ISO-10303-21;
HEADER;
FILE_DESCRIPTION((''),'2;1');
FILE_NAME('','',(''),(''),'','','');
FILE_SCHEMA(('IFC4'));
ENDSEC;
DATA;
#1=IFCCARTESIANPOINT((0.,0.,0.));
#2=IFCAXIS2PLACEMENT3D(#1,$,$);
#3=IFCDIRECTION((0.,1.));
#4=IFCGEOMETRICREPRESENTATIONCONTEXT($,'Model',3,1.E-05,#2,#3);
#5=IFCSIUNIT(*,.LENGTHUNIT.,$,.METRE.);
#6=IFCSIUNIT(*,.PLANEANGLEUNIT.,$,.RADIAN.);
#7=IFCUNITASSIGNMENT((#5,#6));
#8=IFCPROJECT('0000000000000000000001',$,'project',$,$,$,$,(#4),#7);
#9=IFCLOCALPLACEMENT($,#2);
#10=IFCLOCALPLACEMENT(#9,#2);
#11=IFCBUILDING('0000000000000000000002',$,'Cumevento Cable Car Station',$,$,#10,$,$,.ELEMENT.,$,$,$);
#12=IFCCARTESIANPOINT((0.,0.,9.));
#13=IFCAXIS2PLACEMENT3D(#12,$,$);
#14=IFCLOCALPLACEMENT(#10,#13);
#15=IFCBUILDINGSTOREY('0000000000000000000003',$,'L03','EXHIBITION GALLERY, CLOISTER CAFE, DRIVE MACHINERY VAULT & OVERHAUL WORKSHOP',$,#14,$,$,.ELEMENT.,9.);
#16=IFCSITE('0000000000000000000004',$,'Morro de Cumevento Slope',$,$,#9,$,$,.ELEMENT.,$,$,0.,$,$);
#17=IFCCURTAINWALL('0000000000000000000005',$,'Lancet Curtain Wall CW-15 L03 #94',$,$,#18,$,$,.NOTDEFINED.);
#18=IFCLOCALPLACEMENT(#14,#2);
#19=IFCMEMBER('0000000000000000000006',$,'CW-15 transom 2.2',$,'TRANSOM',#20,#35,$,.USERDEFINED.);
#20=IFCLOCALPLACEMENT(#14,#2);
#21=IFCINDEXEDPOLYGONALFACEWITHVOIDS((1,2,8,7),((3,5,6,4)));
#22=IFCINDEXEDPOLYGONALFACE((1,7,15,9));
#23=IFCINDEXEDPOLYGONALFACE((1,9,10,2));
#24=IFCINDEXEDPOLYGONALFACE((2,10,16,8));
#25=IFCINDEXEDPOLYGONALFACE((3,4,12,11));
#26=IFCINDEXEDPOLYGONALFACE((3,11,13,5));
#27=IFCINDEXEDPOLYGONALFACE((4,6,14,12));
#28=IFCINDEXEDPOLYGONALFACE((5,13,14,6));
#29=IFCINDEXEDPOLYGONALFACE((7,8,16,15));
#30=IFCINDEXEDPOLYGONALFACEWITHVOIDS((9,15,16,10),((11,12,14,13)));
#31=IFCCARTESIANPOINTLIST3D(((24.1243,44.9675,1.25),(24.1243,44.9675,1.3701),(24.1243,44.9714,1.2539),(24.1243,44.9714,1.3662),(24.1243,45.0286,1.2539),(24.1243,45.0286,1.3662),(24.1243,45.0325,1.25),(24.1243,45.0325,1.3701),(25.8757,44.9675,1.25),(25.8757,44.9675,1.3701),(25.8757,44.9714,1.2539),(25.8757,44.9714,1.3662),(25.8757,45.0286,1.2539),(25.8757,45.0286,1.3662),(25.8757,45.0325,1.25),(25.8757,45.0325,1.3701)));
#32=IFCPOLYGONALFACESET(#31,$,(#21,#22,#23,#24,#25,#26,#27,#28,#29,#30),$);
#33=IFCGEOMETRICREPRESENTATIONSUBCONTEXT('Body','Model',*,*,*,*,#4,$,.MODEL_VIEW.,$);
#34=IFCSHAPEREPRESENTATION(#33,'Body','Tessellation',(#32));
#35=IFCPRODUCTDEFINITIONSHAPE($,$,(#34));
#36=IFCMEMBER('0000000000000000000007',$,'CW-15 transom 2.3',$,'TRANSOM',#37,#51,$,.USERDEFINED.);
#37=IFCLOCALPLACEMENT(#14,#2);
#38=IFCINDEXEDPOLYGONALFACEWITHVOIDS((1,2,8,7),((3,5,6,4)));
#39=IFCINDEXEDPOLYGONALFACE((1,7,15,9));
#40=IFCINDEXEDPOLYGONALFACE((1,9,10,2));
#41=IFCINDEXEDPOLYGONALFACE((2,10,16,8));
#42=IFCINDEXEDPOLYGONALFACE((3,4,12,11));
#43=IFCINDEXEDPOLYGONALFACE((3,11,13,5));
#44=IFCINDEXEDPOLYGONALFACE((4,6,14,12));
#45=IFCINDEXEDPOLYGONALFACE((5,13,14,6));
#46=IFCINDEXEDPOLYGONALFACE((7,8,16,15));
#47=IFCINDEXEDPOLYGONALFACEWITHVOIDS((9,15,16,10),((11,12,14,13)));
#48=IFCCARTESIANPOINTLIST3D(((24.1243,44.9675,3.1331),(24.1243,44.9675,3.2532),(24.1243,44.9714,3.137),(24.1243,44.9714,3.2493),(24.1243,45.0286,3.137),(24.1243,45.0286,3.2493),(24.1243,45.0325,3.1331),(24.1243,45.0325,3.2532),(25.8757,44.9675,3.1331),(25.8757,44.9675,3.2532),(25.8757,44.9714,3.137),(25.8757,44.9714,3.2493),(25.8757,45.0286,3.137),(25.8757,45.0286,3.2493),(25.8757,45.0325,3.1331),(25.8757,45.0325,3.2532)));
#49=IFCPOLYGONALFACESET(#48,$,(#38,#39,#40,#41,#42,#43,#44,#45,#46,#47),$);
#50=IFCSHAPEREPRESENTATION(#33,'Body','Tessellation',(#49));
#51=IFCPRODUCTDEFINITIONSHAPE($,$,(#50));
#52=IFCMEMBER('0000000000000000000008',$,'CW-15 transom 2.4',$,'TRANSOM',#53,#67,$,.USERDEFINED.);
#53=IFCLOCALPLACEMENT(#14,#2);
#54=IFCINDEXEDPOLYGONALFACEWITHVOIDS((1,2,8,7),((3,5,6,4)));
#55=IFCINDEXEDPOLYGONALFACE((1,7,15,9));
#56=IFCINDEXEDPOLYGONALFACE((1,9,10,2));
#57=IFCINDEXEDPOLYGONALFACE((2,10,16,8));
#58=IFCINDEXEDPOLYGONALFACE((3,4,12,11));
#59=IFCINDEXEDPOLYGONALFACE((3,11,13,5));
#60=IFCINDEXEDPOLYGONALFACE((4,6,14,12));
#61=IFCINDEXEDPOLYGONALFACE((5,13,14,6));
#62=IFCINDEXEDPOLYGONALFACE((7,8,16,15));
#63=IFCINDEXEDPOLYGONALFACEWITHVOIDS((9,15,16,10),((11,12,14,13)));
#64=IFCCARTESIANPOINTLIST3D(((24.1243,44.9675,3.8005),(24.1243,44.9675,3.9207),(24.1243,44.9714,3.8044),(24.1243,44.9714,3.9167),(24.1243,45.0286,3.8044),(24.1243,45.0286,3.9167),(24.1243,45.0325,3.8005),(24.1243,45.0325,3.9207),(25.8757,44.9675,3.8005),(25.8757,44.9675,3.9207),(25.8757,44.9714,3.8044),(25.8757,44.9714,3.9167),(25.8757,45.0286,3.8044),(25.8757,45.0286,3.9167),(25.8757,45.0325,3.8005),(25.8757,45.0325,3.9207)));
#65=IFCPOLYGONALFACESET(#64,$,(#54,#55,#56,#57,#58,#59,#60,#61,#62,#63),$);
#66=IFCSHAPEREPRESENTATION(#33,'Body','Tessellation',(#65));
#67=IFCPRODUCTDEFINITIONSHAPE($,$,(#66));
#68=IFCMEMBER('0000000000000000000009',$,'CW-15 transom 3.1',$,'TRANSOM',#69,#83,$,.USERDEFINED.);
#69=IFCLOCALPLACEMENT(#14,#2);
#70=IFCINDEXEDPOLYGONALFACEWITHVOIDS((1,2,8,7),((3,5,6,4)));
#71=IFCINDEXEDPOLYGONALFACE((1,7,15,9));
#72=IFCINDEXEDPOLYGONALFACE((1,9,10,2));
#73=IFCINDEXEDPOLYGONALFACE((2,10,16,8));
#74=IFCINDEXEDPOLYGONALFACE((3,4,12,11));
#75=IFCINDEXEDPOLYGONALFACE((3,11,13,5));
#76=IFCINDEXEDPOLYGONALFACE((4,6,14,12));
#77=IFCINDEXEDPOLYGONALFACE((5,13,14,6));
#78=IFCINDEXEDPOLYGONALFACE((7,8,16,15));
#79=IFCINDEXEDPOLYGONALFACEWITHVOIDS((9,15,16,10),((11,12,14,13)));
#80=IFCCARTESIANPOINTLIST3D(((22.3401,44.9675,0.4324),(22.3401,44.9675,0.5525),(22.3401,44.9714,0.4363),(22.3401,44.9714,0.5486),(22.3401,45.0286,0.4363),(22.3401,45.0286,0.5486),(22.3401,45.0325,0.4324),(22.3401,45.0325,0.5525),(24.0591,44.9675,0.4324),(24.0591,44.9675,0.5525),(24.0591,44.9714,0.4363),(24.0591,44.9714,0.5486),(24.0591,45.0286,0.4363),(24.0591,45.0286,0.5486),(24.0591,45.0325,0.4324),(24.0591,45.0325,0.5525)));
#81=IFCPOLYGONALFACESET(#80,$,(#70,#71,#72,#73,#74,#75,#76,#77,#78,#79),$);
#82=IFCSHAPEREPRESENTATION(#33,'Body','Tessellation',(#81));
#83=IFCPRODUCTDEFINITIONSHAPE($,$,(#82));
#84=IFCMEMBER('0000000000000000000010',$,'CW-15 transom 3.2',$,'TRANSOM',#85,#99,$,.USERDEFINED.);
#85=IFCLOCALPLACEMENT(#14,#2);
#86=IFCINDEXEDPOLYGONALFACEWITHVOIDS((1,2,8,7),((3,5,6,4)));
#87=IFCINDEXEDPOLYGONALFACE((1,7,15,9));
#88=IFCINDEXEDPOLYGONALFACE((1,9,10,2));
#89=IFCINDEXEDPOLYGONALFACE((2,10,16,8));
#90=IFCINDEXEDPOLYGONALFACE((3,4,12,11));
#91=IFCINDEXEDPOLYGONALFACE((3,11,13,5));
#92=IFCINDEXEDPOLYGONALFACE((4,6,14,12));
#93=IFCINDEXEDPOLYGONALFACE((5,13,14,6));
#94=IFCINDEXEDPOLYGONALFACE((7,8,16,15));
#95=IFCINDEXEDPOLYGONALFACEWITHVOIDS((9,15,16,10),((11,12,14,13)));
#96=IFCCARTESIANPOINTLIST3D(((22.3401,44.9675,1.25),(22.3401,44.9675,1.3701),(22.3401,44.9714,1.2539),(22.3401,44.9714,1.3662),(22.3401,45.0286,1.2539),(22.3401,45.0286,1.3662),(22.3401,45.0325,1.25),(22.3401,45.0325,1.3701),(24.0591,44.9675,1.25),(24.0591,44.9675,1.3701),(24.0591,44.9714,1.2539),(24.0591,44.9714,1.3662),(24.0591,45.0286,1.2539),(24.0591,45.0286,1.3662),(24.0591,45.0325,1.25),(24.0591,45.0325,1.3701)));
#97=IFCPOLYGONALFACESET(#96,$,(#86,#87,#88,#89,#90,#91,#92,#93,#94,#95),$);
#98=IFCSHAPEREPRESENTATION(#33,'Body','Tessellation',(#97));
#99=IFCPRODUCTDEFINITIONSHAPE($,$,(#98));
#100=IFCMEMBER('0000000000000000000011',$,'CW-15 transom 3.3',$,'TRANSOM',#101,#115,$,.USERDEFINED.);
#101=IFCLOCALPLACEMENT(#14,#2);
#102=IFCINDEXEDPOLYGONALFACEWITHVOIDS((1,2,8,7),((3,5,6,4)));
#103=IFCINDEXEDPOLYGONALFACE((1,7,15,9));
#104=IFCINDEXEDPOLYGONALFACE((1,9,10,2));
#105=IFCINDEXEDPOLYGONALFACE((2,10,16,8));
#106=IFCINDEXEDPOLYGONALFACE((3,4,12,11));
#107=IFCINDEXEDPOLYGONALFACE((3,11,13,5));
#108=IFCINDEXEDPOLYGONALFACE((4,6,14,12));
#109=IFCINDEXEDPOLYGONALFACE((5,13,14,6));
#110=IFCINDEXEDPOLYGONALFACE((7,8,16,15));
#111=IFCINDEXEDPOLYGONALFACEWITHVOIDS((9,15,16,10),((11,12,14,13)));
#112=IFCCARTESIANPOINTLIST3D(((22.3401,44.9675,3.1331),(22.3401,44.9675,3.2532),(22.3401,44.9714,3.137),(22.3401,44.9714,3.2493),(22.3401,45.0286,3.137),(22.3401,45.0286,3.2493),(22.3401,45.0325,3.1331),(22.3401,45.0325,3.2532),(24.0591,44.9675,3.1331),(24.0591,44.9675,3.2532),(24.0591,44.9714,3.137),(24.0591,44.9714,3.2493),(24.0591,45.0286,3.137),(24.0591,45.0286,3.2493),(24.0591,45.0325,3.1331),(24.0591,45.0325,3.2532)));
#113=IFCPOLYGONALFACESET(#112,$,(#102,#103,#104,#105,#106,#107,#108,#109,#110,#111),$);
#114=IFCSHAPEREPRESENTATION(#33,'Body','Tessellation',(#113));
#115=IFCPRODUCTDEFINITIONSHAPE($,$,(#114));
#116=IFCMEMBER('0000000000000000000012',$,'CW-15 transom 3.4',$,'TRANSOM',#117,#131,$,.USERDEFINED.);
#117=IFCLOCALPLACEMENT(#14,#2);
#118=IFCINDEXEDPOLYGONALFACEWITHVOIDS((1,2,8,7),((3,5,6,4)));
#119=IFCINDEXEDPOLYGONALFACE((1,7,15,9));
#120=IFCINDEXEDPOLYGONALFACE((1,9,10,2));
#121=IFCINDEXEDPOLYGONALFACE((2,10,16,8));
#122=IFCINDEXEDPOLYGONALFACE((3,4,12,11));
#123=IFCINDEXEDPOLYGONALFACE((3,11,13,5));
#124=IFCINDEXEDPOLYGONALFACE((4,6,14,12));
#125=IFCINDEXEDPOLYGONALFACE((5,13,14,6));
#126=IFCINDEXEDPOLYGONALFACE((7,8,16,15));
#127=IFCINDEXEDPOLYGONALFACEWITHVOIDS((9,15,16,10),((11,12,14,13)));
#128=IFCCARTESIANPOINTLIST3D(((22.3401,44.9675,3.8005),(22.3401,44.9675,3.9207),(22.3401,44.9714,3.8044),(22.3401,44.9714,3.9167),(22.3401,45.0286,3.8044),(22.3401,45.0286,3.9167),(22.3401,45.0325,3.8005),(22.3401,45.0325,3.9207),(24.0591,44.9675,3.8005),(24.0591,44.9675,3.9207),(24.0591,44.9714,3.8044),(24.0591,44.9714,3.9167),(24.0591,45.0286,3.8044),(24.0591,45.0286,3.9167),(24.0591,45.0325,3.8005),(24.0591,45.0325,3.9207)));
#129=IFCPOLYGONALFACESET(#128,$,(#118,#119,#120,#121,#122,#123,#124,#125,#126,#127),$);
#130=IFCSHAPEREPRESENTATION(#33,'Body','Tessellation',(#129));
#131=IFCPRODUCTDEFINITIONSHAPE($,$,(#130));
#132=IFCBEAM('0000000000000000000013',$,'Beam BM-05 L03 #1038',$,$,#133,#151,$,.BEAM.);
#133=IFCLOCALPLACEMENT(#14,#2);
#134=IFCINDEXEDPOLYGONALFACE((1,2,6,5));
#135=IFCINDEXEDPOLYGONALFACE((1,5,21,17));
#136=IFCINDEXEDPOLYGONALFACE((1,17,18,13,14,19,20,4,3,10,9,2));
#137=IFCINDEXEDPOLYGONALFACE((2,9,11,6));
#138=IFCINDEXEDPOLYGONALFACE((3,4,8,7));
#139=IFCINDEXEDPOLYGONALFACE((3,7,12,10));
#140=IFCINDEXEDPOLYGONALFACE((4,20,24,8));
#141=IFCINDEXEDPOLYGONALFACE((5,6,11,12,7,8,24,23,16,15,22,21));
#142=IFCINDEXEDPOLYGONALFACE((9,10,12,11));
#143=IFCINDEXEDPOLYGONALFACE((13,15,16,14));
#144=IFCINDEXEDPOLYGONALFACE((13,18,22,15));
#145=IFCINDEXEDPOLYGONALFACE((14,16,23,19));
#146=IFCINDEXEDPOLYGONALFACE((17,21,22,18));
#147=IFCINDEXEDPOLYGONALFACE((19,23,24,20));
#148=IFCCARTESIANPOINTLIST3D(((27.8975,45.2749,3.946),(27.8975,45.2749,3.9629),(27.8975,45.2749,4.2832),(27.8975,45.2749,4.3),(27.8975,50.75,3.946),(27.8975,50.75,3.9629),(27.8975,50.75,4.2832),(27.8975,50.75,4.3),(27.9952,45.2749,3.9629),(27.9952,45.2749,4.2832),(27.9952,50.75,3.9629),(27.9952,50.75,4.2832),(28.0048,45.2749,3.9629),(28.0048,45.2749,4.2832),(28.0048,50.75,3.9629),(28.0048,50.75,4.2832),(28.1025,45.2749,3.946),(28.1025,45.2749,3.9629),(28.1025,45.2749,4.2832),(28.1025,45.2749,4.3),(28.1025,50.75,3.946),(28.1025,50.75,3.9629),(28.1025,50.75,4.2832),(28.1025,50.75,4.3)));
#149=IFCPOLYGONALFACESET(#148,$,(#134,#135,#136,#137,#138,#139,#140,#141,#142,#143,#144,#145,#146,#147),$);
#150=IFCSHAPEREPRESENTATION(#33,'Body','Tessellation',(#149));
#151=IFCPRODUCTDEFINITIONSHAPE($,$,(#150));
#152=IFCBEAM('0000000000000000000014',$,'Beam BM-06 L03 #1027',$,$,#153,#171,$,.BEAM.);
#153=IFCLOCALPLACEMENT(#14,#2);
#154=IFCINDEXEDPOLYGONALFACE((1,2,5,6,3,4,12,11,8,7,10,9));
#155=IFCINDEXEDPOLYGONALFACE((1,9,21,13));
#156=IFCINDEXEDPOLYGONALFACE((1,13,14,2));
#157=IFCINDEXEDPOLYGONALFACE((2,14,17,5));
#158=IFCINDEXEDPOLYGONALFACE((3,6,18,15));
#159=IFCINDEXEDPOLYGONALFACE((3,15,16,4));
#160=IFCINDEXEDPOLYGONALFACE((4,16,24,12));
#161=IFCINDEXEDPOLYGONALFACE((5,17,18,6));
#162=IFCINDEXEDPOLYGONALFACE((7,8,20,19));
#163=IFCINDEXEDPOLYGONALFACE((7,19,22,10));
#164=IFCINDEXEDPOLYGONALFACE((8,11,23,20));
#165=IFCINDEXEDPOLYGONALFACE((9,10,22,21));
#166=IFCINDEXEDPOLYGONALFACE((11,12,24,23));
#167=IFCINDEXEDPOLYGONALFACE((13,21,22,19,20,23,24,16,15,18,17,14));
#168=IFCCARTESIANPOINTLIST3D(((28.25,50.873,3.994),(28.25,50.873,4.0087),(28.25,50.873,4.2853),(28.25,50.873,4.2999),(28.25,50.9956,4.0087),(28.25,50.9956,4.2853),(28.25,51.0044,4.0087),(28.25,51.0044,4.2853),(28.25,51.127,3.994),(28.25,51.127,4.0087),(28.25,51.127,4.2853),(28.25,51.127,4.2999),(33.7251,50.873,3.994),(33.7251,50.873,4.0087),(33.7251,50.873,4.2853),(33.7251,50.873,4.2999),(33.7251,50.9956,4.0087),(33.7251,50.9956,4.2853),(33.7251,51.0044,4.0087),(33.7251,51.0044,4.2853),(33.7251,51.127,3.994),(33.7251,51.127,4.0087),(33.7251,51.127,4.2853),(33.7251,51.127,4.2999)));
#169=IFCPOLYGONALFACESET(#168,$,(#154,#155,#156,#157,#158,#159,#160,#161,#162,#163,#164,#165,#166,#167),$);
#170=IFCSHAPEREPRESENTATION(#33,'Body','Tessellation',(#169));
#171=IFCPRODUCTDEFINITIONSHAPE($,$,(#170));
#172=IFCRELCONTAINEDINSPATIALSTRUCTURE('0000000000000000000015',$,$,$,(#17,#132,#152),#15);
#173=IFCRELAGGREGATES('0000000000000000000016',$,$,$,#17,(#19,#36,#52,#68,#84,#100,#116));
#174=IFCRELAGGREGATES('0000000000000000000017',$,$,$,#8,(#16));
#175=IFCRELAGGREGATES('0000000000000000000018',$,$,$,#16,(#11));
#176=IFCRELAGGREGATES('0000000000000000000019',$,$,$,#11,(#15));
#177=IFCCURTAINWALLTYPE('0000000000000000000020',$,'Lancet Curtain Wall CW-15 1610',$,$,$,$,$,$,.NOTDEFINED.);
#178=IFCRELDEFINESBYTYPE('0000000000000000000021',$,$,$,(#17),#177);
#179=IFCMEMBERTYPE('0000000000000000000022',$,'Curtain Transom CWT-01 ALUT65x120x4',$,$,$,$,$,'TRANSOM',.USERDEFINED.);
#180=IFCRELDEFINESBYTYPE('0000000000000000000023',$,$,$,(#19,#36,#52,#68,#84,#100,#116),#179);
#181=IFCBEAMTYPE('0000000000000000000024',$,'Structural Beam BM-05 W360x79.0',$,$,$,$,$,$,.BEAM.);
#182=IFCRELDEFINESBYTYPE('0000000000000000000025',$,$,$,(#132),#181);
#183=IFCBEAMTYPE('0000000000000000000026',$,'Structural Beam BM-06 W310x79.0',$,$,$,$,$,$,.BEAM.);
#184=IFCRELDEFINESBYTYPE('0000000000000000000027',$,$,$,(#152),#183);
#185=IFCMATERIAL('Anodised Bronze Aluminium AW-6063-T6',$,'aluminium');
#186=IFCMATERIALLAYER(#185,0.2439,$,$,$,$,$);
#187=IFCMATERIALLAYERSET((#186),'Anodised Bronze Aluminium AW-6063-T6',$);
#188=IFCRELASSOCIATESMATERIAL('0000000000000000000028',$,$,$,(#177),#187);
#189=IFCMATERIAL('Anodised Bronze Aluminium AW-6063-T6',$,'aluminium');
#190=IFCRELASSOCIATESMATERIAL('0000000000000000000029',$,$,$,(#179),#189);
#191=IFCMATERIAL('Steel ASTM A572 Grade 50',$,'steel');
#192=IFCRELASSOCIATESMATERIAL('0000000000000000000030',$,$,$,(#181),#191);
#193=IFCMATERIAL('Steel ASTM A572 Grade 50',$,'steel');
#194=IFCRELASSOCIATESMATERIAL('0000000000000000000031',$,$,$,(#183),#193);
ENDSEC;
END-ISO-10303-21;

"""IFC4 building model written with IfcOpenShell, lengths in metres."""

from ifc_helpers import new_model, si_unit, direction, frame, origin, origin_2d, place, context, subcontext, project, spatial, hollow_rectangle, i_section, extrude, material, layer, layer_set, material_profile, profile_set, type_object, element, aggregate, save


model = new_model("IFC4")

# Units and contexts
model_context = context("Model", 3, precision=1e-05, world=origin(), true_north=direction((0.0, 1.0)))
body_context = subcontext(model_context, "Body", "Model", "MODEL_VIEW")
ifc_project = project(units=[si_unit("LENGTHUNIT", "METRE"), si_unit("PLANEANGLEUNIT", "RADIAN")], contexts=[model_context])

# Site, building, storey
site_placement = place(None, origin())
site = spatial("IfcSite", under=ifc_project, at=site_placement, Name="Morro de Cumevento Slope", CompositionType="ELEMENT", RefElevation=0.0)
building_placement = place(site_placement, origin())
building = spatial("IfcBuilding", under=site, at=building_placement, Name="Cumevento Cable Car Station", CompositionType="ELEMENT")
storey_placement = place(building_placement, frame((0.0, 0.0, 9.0)))
storey = spatial("IfcBuildingStorey", under=building, at=storey_placement, Name="L03", Description="EXHIBITION GALLERY, CLOISTER CAFE, DRIVE MACHINERY VAULT & OVERHAUL WORKSHOP", CompositionType="ELEMENT", Elevation=9.0)

# Curtain wall
ifc_material_1 = material(Name="Anodised Bronze Aluminium AW-6063-T6", Category="aluminium")
ifc_layer_1 = layer(ifc_material_1, 0.2439)
ifc_layer_set_1 = layer_set([ifc_layer_1], Name="Anodised Bronze Aluminium AW-6063-T6")
curtain_wall_type_1 = type_object("IfcCurtainWallType", Name="Lancet Curtain Wall CW-15 1610", PredefinedType="NOTDEFINED", material=ifc_layer_set_1)
curtain_wall_1_placement = place(storey_placement, origin())
curtain_wall_1 = element("IfcCurtainWall", 1, at=curtain_wall_1_placement, inside=storey, type_object=curtain_wall_type_1, Name="Lancet Curtain Wall CW-15 L03 #94", PredefinedType="NOTDEFINED")

# Members
ifc_material_2 = material(Name="Anodised Bronze Aluminium AW-6063-T6", Category="aluminium")
ifc_material_profile_1 = material_profile(ifc_material_2, hollow_rectangle(XDim=0.0649, YDim=0.1201, WallThickness=0.0039, at=origin_2d()), Name="ALUT65x120x4")
ifc_profile_set_1 = profile_set([ifc_material_profile_1], Name="Anodised Bronze Aluminium AW-6063-T6")
member_type_1 = type_object("IfcMemberType", Name="Curtain Transom CWT-01 ALUT65x120x4", ElementType="TRANSOM", PredefinedType="USERDEFINED", material=ifc_profile_set_1)
member_1_placement = place(storey_placement, frame((25.8757, 45.0, 1.3101), z_axis=(-1.0, 0.0, 0.0), x_axis=(0.0, -1.0, 0.0)))
member_1 = element("IfcMember", 2, at=member_1_placement, type_object=member_type_1, Name="CW-15 transom 2.2", ObjectType="TRANSOM", PredefinedType="USERDEFINED", context=body_context, shape_type="SweptSolid", body=[
    extrude(hollow_rectangle(XDim=0.0649, YDim=0.1201, WallThickness=0.0039, at=origin_2d()), origin(), (0.0, 0.0, 1.0), 1.7515),
])
member_2_placement = place(storey_placement, frame((25.8757, 45.0, 3.1931), z_axis=(-1.0, 0.0, 0.0), x_axis=(0.0, -1.0, 0.0)))
member_2 = element("IfcMember", 3, at=member_2_placement, type_object=member_type_1, Name="CW-15 transom 2.3", ObjectType="TRANSOM", PredefinedType="USERDEFINED", context=body_context, shape_type="SweptSolid", body=[
    extrude(hollow_rectangle(XDim=0.0649, YDim=0.1201, WallThickness=0.0039, at=origin_2d()), origin(), (0.0, 0.0, 1.0), 1.7515),
])
member_3_placement = place(storey_placement, frame((25.8757, 45.0, 3.8606), z_axis=(-1.0, 0.0, 0.0), x_axis=(0.0, -1.0, 0.0)))
member_3 = element("IfcMember", 4, at=member_3_placement, type_object=member_type_1, Name="CW-15 transom 2.4", ObjectType="TRANSOM", PredefinedType="USERDEFINED", context=body_context, shape_type="SweptSolid", body=[
    extrude(hollow_rectangle(XDim=0.0649, YDim=0.1201, WallThickness=0.0039, at=origin_2d()), origin(), (0.0, 0.0, 1.0), 1.7515),
])
member_4_placement = place(storey_placement, frame((24.0591, 45.0, 0.4924), z_axis=(-1.0, 0.0, 0.0), x_axis=(0.0, -1.0, 0.0)))
member_4 = element("IfcMember", 5, at=member_4_placement, type_object=member_type_1, Name="CW-15 transom 3.1", ObjectType="TRANSOM", PredefinedType="USERDEFINED", context=body_context, shape_type="SweptSolid", body=[
    extrude(hollow_rectangle(XDim=0.0649, YDim=0.1201, WallThickness=0.0039, at=origin_2d()), origin(), (0.0, 0.0, 1.0), 1.719),
])
member_5_placement = place(storey_placement, frame((24.0591, 45.0, 1.3101), z_axis=(-1.0, 0.0, 0.0), x_axis=(0.0, -1.0, 0.0)))
member_5 = element("IfcMember", 6, at=member_5_placement, type_object=member_type_1, Name="CW-15 transom 3.2", ObjectType="TRANSOM", PredefinedType="USERDEFINED", context=body_context, shape_type="SweptSolid", body=[
    extrude(hollow_rectangle(XDim=0.0649, YDim=0.1201, WallThickness=0.0039, at=origin_2d()), origin(), (0.0, 0.0, 1.0), 1.719),
])
member_6_placement = place(storey_placement, frame((24.0591, 45.0, 3.1931), z_axis=(-1.0, 0.0, 0.0), x_axis=(0.0, -1.0, 0.0)))
member_6 = element("IfcMember", 7, at=member_6_placement, type_object=member_type_1, Name="CW-15 transom 3.3", ObjectType="TRANSOM", PredefinedType="USERDEFINED", context=body_context, shape_type="SweptSolid", body=[
    extrude(hollow_rectangle(XDim=0.0649, YDim=0.1201, WallThickness=0.0039, at=origin_2d()), origin(), (0.0, 0.0, 1.0), 1.719),
])
member_7_placement = place(storey_placement, frame((24.0591, 45.0, 3.8606), z_axis=(-1.0, 0.0, 0.0), x_axis=(0.0, -1.0, 0.0)))
member_7 = element("IfcMember", 8, at=member_7_placement, type_object=member_type_1, Name="CW-15 transom 3.4", ObjectType="TRANSOM", PredefinedType="USERDEFINED", context=body_context, shape_type="SweptSolid", body=[
    extrude(hollow_rectangle(XDim=0.0649, YDim=0.1201, WallThickness=0.0039, at=origin_2d()), origin(), (0.0, 0.0, 1.0), 1.719),
])

# Beams
ifc_material_3 = material(Name="Steel ASTM A572 Grade 50", Category="steel")
ifc_material_profile_2 = material_profile(ifc_material_3, i_section(OverallWidth=0.2051, OverallDepth=0.354, WebThickness=0.0095, FlangeThickness=0.0168, at=origin_2d()), Name="W360x79.0")
ifc_profile_set_2 = profile_set([ifc_material_profile_2], Name="Steel ASTM A572 Grade 50")
beam_type_1 = type_object("IfcBeamType", Name="Structural Beam BM-05 W360x79.0", PredefinedType="BEAM", material=ifc_profile_set_2)
beam_1_placement = place(storey_placement, frame((28.0, 45.2749, 4.123), z_axis=(0.0, 1.0, 0.0), x_axis=(-1.0, 0.0, 0.0)))
element("IfcBeam", 9, at=beam_1_placement, inside=storey, type_object=beam_type_1, Name="Beam BM-05 L03 #1038", PredefinedType="BEAM", context=body_context, shape_type="SweptSolid", body=[
    extrude(i_section(OverallWidth=0.2051, OverallDepth=0.354, WebThickness=0.0095, FlangeThickness=0.0168, at=origin_2d()), origin(), (0.0, 0.0, 1.0), 5.4751),
])
ifc_material_4 = material(Name="Steel ASTM A572 Grade 50", Category="steel")
ifc_material_profile_3 = material_profile(ifc_material_4, i_section(OverallWidth=0.2539, OverallDepth=0.3059, WebThickness=0.0088, FlangeThickness=0.0146, at=origin_2d()), Name="W310x79.0")
ifc_profile_set_3 = profile_set([ifc_material_profile_3], Name="Steel ASTM A572 Grade 50")
beam_type_2 = type_object("IfcBeamType", Name="Structural Beam BM-06 W310x79.0", PredefinedType="BEAM", material=ifc_profile_set_3)
beam_2_placement = place(storey_placement, frame((28.25, 51.0, 4.147), z_axis=(1.0, 0.0, 0.0), x_axis=(0.0, 1.0, 0.0)))
element("IfcBeam", 10, at=beam_2_placement, inside=storey, type_object=beam_type_2, Name="Beam BM-06 L03 #1027", PredefinedType="BEAM", context=body_context, shape_type="SweptSolid", body=[
    extrude(i_section(OverallWidth=0.2539, OverallDepth=0.3059, WebThickness=0.0088, FlangeThickness=0.0146, at=origin_2d()), origin(), (0.0, 0.0, 1.0), 5.4751),
])

aggregate(curtain_wall_1, [member_1, member_2, member_3, member_4, member_5, member_6, member_7])

save(model, "model.ifc")
